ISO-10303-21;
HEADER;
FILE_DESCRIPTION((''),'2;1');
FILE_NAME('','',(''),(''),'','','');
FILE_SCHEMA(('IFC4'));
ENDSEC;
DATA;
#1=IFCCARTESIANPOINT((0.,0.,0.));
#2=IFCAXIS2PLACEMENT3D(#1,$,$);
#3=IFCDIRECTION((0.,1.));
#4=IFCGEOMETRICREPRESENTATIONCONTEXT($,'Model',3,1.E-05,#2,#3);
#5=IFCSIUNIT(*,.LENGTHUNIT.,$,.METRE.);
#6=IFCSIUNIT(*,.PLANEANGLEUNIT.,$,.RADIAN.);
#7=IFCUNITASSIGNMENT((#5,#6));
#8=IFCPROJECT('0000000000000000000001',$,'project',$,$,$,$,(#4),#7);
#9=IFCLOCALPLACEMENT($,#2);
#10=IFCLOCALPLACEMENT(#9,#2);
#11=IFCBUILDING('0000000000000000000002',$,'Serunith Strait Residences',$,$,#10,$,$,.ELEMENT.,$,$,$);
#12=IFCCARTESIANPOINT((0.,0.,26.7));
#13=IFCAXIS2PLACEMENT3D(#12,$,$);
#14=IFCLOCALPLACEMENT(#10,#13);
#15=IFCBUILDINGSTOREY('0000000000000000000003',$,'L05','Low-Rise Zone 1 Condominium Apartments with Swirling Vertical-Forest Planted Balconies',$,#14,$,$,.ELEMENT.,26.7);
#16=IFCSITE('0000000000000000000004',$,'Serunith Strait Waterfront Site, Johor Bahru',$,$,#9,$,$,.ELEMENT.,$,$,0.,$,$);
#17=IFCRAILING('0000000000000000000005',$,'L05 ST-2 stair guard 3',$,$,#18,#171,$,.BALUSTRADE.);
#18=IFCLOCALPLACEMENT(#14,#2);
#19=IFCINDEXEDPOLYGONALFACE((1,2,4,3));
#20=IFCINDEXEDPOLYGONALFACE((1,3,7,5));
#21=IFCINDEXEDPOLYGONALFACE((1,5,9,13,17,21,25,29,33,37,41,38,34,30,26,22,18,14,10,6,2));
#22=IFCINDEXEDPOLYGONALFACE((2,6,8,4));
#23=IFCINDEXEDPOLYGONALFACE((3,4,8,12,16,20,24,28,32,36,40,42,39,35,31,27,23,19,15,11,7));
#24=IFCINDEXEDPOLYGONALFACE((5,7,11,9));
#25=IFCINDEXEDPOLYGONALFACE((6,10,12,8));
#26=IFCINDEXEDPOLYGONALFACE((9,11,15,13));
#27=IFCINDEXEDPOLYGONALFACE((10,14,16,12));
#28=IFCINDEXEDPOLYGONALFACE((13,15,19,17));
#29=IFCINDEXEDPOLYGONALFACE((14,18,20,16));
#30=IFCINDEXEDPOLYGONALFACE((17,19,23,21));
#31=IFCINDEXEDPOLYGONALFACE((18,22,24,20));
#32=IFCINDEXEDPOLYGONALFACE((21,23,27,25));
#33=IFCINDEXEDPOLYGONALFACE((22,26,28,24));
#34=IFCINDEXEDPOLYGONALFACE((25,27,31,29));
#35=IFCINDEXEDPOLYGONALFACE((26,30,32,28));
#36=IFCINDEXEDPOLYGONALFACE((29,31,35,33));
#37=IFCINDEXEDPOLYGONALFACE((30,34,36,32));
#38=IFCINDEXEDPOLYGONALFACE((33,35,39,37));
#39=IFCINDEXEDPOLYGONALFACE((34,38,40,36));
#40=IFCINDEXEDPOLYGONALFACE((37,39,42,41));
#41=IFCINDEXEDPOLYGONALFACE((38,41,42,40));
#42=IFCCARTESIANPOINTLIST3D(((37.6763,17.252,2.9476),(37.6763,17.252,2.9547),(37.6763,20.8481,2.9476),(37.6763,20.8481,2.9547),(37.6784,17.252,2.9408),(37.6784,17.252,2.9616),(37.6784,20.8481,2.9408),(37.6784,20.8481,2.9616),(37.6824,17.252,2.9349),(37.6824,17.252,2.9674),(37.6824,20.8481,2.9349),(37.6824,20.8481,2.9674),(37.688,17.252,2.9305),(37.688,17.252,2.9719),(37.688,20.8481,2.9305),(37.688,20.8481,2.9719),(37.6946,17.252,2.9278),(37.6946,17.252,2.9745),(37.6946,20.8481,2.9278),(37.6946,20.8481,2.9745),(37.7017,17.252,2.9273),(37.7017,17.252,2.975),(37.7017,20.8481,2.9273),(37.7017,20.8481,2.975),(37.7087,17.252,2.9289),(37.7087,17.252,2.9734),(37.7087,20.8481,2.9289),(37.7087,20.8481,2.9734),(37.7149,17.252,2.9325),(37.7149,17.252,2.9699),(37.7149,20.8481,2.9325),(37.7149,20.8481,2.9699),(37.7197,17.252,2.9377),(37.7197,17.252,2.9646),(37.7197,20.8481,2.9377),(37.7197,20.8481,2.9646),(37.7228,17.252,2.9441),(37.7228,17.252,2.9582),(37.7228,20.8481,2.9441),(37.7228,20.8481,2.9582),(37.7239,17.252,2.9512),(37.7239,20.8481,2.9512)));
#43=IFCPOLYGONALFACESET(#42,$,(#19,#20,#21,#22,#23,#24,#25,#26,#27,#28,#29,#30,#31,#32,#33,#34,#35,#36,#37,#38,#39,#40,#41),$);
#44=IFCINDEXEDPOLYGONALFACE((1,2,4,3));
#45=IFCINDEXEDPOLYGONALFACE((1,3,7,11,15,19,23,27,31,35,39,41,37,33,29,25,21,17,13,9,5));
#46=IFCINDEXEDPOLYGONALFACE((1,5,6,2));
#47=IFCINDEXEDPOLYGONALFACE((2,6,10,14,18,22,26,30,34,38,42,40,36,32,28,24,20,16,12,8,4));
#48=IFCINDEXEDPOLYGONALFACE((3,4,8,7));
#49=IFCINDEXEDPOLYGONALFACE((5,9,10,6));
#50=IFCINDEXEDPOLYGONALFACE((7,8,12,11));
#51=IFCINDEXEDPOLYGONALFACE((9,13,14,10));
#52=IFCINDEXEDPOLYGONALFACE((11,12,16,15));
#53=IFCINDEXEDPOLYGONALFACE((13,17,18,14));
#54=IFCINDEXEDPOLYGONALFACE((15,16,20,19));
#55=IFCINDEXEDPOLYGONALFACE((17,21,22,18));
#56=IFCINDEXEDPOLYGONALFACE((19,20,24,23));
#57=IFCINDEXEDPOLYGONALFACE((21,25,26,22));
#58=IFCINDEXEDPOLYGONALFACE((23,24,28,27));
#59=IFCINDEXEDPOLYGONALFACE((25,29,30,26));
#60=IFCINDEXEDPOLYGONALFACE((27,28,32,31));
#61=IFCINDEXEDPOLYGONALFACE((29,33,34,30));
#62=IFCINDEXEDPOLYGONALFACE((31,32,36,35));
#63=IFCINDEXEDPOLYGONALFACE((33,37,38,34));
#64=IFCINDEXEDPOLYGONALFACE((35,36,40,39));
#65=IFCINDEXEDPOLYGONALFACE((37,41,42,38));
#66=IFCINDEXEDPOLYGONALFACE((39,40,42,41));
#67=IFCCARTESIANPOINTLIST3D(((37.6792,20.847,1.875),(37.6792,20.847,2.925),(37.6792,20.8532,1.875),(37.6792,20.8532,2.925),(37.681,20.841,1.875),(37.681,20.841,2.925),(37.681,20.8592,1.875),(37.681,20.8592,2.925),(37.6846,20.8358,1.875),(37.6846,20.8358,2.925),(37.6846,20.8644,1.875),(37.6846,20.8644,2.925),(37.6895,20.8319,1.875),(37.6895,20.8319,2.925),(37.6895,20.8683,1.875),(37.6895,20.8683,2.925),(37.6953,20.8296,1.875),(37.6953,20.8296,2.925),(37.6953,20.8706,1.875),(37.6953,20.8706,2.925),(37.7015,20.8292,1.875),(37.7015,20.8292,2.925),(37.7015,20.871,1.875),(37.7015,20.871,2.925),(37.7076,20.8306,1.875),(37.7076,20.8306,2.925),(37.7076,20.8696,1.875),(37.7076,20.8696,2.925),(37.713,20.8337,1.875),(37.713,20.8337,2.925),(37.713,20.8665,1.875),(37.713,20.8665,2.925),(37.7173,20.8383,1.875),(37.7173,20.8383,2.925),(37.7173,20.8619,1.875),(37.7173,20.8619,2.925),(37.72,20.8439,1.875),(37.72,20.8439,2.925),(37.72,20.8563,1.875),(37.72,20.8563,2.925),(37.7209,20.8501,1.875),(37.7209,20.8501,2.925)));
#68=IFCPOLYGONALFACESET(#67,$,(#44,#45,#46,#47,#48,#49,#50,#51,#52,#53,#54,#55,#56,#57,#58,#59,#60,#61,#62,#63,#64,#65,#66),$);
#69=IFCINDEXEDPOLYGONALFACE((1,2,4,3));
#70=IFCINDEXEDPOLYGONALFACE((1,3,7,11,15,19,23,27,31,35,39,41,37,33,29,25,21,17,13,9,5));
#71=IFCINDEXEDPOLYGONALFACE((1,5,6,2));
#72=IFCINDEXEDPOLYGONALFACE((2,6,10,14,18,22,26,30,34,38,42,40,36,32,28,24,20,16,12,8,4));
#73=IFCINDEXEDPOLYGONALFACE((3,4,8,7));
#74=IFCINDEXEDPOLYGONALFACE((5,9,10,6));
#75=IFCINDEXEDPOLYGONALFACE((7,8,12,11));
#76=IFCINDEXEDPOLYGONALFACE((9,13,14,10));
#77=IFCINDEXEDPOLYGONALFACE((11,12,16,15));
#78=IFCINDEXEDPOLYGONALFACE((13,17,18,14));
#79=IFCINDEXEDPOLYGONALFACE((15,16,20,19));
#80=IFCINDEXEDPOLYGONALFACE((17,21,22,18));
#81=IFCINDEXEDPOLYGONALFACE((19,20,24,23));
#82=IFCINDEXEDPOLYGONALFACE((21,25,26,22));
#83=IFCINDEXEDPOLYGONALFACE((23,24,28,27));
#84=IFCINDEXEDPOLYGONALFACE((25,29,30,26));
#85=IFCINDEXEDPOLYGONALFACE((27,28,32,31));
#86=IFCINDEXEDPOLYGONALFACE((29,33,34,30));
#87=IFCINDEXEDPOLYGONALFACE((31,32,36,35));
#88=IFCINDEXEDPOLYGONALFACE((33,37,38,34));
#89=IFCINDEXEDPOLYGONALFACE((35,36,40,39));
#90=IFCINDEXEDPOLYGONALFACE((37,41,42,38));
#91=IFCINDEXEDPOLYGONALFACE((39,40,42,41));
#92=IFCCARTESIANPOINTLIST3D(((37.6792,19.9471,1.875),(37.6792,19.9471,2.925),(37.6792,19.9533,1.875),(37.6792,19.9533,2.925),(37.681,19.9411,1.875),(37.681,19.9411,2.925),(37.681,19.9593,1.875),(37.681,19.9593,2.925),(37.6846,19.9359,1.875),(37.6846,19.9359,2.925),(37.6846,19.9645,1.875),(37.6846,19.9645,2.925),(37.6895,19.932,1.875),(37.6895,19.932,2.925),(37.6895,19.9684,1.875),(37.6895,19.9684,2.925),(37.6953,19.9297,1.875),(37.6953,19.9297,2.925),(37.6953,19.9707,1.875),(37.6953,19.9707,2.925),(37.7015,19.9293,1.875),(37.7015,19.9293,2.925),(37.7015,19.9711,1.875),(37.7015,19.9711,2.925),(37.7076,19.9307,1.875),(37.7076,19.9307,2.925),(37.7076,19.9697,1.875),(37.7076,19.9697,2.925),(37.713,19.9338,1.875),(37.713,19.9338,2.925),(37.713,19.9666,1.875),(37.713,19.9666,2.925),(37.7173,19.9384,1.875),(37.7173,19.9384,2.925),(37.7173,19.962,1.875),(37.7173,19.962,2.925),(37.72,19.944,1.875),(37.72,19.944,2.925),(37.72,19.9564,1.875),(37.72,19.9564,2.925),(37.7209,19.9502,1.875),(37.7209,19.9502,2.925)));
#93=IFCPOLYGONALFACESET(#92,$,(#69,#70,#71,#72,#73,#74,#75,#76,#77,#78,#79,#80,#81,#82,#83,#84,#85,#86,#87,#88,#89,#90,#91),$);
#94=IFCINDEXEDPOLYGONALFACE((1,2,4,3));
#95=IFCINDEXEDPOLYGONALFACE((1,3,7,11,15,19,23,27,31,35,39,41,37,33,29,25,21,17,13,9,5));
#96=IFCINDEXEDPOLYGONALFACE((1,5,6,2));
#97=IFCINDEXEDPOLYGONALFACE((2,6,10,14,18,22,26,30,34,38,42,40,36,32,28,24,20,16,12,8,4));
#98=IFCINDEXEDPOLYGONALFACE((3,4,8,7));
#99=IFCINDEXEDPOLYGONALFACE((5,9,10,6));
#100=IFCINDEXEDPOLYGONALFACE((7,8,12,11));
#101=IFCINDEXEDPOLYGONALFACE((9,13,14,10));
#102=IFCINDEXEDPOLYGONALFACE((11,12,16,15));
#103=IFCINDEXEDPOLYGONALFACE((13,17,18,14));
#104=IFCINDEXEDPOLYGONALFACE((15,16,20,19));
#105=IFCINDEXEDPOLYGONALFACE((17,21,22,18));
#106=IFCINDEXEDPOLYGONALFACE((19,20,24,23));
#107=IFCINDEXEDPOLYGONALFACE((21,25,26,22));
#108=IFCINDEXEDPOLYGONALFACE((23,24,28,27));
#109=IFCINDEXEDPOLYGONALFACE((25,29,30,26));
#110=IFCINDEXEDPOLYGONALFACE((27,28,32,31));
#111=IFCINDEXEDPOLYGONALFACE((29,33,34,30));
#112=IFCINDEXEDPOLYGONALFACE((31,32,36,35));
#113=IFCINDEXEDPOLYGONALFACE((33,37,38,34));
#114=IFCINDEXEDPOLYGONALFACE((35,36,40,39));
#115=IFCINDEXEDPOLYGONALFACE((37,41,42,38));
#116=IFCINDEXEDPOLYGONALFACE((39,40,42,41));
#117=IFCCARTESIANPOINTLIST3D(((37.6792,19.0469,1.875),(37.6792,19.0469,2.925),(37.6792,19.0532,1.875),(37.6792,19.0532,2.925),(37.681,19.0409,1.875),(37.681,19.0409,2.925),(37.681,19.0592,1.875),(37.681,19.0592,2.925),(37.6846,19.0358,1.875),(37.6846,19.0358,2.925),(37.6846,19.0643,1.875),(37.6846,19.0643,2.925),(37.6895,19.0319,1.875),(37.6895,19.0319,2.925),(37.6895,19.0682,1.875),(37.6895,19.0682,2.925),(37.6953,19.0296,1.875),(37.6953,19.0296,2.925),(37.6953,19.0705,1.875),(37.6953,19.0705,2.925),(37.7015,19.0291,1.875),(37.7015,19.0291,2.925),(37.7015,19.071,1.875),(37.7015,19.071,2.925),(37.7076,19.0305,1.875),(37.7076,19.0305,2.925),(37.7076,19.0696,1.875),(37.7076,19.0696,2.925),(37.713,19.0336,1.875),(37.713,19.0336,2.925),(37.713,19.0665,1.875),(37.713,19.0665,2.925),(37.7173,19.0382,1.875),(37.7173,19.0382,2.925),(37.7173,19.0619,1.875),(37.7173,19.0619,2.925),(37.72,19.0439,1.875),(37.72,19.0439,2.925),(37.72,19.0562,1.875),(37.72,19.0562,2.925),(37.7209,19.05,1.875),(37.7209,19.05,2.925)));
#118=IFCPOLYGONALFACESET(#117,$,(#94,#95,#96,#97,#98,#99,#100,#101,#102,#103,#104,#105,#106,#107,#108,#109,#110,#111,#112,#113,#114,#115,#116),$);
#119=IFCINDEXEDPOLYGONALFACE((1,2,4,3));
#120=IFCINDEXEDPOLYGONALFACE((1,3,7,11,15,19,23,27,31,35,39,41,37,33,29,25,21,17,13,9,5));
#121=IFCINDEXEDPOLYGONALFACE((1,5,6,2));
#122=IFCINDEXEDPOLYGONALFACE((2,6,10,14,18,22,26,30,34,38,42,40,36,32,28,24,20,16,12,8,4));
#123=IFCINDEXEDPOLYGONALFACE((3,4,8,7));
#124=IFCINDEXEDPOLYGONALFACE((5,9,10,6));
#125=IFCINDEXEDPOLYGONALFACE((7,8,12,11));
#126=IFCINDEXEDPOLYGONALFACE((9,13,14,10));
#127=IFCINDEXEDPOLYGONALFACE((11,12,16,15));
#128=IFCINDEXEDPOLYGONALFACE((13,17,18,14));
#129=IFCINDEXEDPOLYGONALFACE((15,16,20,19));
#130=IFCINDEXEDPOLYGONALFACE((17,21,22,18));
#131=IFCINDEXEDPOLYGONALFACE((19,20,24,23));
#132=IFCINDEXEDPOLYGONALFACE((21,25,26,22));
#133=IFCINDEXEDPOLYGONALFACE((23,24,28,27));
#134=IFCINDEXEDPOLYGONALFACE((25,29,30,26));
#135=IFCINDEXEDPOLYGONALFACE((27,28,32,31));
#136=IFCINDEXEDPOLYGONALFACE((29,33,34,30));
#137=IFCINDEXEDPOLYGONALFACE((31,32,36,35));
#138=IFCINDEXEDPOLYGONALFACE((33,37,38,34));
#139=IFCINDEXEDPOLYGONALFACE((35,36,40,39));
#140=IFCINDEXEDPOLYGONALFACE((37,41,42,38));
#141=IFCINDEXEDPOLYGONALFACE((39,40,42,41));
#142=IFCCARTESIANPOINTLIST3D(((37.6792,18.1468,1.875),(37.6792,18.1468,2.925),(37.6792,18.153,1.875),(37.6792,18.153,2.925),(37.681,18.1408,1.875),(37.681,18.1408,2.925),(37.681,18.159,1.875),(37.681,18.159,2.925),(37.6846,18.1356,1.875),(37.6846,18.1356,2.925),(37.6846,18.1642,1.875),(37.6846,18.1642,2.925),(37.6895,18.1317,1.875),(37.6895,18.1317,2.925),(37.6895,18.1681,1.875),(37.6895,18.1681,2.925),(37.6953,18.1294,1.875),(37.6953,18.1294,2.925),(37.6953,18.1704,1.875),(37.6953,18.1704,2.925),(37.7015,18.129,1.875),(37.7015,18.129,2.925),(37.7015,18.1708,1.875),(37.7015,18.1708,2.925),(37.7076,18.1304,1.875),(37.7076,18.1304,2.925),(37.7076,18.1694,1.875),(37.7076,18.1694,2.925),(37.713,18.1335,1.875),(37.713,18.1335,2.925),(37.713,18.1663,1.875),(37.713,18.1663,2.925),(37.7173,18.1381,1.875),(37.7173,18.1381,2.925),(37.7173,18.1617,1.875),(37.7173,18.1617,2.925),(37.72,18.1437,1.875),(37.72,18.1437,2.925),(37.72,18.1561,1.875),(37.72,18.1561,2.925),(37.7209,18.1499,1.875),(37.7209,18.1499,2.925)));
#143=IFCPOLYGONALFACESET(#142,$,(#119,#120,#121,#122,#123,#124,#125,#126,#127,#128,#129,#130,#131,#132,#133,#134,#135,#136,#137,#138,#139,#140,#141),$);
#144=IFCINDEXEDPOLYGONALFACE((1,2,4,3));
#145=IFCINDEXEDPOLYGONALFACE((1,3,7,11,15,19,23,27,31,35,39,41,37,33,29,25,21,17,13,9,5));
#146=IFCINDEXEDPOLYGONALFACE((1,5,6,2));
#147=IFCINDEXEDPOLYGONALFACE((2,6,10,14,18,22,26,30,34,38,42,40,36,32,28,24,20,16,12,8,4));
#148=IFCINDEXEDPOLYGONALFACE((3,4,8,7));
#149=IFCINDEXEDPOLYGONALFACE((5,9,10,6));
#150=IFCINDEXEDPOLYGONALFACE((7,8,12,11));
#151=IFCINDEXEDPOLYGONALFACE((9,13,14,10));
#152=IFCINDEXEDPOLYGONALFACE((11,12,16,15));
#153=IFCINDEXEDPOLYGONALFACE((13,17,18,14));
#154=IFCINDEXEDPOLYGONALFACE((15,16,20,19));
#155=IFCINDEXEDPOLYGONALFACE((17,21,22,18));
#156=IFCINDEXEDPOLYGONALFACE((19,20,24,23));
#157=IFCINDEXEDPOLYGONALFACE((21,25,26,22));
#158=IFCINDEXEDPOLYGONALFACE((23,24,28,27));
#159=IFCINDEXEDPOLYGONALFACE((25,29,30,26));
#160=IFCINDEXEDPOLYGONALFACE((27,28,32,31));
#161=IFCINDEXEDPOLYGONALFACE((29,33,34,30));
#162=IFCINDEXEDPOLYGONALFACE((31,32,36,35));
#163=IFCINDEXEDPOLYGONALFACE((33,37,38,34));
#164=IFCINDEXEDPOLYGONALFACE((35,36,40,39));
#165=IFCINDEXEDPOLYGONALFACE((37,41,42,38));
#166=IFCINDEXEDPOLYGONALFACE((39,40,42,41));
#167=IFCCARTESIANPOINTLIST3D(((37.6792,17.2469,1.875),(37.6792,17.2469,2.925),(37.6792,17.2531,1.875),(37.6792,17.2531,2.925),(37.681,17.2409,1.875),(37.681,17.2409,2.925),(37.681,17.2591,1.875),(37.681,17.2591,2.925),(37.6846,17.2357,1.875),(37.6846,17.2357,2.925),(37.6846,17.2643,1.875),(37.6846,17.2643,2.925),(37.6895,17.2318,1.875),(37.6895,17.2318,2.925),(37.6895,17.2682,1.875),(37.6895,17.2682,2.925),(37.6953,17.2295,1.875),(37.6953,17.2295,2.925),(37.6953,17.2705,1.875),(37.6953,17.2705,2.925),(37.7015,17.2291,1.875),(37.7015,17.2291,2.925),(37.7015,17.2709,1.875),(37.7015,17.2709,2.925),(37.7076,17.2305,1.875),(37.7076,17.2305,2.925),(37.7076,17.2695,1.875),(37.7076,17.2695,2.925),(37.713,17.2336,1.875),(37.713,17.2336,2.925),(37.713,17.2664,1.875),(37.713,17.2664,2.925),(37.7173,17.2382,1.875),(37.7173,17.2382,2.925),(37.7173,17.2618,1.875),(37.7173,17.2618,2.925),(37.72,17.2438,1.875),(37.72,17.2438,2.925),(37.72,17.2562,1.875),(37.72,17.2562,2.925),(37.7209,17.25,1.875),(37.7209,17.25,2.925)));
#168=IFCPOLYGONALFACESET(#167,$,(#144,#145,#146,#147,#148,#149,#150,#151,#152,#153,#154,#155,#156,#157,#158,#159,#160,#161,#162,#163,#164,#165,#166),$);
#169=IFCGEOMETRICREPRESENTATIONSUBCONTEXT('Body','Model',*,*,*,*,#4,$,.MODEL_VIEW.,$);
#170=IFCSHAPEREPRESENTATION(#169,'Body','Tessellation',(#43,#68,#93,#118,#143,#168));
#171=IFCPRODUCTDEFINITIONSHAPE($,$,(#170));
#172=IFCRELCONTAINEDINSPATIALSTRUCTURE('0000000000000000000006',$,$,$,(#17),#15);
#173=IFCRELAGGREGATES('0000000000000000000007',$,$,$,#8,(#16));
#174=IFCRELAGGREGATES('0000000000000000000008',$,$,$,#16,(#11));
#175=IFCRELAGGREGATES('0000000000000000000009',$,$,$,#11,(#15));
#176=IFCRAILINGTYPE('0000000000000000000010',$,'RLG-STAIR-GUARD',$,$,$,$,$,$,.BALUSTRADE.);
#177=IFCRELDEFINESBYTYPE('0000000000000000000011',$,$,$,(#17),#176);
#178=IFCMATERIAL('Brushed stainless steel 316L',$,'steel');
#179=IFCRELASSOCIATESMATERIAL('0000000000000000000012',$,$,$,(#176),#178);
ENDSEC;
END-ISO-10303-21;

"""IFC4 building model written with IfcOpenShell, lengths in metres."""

from ifc_helpers import new_model, si_unit, direction, frame, origin, origin_2d, place, context, subcontext, project, spatial, circle, extrude, material, type_object, element, save


model = new_model("IFC4")

# Units and contexts
model_context = context("Model", 3, precision=1e-05, world=origin(), true_north=direction((0.0, 1.0)))
body_context = subcontext(model_context, "Body", "Model", "MODEL_VIEW")
ifc_project = project(units=[si_unit("LENGTHUNIT", "METRE"), si_unit("PLANEANGLEUNIT", "RADIAN")], contexts=[model_context])

# Site, building, storey
site_placement = place(None, origin())
site = spatial("IfcSite", under=ifc_project, at=site_placement, Name="Serunith Strait Waterfront Site, Johor Bahru", CompositionType="ELEMENT", RefElevation=0.0)
building_placement = place(site_placement, origin())
building = spatial("IfcBuilding", under=site, at=building_placement, Name="Serunith Strait Residences", CompositionType="ELEMENT")
storey_placement = place(building_placement, frame((0.0, 0.0, 26.7)))
storey = spatial("IfcBuildingStorey", under=building, at=storey_placement, Name="L05", Description="Low-Rise Zone 1 Condominium Apartments with Swirling Vertical-Forest Planted Balconies", CompositionType="ELEMENT", Elevation=26.7)

# Railing
ifc_material_1 = material(Name="Brushed stainless steel 316L", Category="steel")
railing_type_1 = type_object("IfcRailingType", Name="RLG-STAIR-GUARD", PredefinedType="BALUSTRADE", material=ifc_material_1)
for number, where, name in (
    (1, (37.7, 20.8501, 1.875), "L05 ST-2 stair guard 3"),
):
    element("IfcRailing", number, at=place(storey_placement, frame(where)), inside=storey, type_object=railing_type_1, Name=name, PredefinedType="BALUSTRADE", context=body_context, shape_type="SweptSolid", body=[
        extrude(circle(Radius=0.0239, at=origin_2d()), frame((0.0, -0.002, 1.0762), z_axis=(0.0, -1.0, 0.0), x_axis=(1.0, 0.0, 0.0)), (0.0, 0.0, 1.0), 3.5962),
        extrude(circle(Radius=0.021, at=origin_2d()), origin(), (0.0, 0.0, 1.0), 1.05),
        extrude(circle(Radius=0.021, at=origin_2d()), frame((0.0, -0.8999, 0.0)), (0.0, 0.0, 1.0), 1.05),
        extrude(circle(Radius=0.021, at=origin_2d()), frame((0.0, -1.8, 0.0)), (0.0, 0.0, 1.0), 1.05),
        extrude(circle(Radius=0.021, at=origin_2d()), frame((0.0, -2.7002, 0.0)), (0.0, 0.0, 1.0), 1.05),
        extrude(circle(Radius=0.021, at=origin_2d()), frame((0.0, -3.6001, 0.0)), (0.0, 0.0, 1.0), 1.05),
    ])

save(model, "model.ifc")
